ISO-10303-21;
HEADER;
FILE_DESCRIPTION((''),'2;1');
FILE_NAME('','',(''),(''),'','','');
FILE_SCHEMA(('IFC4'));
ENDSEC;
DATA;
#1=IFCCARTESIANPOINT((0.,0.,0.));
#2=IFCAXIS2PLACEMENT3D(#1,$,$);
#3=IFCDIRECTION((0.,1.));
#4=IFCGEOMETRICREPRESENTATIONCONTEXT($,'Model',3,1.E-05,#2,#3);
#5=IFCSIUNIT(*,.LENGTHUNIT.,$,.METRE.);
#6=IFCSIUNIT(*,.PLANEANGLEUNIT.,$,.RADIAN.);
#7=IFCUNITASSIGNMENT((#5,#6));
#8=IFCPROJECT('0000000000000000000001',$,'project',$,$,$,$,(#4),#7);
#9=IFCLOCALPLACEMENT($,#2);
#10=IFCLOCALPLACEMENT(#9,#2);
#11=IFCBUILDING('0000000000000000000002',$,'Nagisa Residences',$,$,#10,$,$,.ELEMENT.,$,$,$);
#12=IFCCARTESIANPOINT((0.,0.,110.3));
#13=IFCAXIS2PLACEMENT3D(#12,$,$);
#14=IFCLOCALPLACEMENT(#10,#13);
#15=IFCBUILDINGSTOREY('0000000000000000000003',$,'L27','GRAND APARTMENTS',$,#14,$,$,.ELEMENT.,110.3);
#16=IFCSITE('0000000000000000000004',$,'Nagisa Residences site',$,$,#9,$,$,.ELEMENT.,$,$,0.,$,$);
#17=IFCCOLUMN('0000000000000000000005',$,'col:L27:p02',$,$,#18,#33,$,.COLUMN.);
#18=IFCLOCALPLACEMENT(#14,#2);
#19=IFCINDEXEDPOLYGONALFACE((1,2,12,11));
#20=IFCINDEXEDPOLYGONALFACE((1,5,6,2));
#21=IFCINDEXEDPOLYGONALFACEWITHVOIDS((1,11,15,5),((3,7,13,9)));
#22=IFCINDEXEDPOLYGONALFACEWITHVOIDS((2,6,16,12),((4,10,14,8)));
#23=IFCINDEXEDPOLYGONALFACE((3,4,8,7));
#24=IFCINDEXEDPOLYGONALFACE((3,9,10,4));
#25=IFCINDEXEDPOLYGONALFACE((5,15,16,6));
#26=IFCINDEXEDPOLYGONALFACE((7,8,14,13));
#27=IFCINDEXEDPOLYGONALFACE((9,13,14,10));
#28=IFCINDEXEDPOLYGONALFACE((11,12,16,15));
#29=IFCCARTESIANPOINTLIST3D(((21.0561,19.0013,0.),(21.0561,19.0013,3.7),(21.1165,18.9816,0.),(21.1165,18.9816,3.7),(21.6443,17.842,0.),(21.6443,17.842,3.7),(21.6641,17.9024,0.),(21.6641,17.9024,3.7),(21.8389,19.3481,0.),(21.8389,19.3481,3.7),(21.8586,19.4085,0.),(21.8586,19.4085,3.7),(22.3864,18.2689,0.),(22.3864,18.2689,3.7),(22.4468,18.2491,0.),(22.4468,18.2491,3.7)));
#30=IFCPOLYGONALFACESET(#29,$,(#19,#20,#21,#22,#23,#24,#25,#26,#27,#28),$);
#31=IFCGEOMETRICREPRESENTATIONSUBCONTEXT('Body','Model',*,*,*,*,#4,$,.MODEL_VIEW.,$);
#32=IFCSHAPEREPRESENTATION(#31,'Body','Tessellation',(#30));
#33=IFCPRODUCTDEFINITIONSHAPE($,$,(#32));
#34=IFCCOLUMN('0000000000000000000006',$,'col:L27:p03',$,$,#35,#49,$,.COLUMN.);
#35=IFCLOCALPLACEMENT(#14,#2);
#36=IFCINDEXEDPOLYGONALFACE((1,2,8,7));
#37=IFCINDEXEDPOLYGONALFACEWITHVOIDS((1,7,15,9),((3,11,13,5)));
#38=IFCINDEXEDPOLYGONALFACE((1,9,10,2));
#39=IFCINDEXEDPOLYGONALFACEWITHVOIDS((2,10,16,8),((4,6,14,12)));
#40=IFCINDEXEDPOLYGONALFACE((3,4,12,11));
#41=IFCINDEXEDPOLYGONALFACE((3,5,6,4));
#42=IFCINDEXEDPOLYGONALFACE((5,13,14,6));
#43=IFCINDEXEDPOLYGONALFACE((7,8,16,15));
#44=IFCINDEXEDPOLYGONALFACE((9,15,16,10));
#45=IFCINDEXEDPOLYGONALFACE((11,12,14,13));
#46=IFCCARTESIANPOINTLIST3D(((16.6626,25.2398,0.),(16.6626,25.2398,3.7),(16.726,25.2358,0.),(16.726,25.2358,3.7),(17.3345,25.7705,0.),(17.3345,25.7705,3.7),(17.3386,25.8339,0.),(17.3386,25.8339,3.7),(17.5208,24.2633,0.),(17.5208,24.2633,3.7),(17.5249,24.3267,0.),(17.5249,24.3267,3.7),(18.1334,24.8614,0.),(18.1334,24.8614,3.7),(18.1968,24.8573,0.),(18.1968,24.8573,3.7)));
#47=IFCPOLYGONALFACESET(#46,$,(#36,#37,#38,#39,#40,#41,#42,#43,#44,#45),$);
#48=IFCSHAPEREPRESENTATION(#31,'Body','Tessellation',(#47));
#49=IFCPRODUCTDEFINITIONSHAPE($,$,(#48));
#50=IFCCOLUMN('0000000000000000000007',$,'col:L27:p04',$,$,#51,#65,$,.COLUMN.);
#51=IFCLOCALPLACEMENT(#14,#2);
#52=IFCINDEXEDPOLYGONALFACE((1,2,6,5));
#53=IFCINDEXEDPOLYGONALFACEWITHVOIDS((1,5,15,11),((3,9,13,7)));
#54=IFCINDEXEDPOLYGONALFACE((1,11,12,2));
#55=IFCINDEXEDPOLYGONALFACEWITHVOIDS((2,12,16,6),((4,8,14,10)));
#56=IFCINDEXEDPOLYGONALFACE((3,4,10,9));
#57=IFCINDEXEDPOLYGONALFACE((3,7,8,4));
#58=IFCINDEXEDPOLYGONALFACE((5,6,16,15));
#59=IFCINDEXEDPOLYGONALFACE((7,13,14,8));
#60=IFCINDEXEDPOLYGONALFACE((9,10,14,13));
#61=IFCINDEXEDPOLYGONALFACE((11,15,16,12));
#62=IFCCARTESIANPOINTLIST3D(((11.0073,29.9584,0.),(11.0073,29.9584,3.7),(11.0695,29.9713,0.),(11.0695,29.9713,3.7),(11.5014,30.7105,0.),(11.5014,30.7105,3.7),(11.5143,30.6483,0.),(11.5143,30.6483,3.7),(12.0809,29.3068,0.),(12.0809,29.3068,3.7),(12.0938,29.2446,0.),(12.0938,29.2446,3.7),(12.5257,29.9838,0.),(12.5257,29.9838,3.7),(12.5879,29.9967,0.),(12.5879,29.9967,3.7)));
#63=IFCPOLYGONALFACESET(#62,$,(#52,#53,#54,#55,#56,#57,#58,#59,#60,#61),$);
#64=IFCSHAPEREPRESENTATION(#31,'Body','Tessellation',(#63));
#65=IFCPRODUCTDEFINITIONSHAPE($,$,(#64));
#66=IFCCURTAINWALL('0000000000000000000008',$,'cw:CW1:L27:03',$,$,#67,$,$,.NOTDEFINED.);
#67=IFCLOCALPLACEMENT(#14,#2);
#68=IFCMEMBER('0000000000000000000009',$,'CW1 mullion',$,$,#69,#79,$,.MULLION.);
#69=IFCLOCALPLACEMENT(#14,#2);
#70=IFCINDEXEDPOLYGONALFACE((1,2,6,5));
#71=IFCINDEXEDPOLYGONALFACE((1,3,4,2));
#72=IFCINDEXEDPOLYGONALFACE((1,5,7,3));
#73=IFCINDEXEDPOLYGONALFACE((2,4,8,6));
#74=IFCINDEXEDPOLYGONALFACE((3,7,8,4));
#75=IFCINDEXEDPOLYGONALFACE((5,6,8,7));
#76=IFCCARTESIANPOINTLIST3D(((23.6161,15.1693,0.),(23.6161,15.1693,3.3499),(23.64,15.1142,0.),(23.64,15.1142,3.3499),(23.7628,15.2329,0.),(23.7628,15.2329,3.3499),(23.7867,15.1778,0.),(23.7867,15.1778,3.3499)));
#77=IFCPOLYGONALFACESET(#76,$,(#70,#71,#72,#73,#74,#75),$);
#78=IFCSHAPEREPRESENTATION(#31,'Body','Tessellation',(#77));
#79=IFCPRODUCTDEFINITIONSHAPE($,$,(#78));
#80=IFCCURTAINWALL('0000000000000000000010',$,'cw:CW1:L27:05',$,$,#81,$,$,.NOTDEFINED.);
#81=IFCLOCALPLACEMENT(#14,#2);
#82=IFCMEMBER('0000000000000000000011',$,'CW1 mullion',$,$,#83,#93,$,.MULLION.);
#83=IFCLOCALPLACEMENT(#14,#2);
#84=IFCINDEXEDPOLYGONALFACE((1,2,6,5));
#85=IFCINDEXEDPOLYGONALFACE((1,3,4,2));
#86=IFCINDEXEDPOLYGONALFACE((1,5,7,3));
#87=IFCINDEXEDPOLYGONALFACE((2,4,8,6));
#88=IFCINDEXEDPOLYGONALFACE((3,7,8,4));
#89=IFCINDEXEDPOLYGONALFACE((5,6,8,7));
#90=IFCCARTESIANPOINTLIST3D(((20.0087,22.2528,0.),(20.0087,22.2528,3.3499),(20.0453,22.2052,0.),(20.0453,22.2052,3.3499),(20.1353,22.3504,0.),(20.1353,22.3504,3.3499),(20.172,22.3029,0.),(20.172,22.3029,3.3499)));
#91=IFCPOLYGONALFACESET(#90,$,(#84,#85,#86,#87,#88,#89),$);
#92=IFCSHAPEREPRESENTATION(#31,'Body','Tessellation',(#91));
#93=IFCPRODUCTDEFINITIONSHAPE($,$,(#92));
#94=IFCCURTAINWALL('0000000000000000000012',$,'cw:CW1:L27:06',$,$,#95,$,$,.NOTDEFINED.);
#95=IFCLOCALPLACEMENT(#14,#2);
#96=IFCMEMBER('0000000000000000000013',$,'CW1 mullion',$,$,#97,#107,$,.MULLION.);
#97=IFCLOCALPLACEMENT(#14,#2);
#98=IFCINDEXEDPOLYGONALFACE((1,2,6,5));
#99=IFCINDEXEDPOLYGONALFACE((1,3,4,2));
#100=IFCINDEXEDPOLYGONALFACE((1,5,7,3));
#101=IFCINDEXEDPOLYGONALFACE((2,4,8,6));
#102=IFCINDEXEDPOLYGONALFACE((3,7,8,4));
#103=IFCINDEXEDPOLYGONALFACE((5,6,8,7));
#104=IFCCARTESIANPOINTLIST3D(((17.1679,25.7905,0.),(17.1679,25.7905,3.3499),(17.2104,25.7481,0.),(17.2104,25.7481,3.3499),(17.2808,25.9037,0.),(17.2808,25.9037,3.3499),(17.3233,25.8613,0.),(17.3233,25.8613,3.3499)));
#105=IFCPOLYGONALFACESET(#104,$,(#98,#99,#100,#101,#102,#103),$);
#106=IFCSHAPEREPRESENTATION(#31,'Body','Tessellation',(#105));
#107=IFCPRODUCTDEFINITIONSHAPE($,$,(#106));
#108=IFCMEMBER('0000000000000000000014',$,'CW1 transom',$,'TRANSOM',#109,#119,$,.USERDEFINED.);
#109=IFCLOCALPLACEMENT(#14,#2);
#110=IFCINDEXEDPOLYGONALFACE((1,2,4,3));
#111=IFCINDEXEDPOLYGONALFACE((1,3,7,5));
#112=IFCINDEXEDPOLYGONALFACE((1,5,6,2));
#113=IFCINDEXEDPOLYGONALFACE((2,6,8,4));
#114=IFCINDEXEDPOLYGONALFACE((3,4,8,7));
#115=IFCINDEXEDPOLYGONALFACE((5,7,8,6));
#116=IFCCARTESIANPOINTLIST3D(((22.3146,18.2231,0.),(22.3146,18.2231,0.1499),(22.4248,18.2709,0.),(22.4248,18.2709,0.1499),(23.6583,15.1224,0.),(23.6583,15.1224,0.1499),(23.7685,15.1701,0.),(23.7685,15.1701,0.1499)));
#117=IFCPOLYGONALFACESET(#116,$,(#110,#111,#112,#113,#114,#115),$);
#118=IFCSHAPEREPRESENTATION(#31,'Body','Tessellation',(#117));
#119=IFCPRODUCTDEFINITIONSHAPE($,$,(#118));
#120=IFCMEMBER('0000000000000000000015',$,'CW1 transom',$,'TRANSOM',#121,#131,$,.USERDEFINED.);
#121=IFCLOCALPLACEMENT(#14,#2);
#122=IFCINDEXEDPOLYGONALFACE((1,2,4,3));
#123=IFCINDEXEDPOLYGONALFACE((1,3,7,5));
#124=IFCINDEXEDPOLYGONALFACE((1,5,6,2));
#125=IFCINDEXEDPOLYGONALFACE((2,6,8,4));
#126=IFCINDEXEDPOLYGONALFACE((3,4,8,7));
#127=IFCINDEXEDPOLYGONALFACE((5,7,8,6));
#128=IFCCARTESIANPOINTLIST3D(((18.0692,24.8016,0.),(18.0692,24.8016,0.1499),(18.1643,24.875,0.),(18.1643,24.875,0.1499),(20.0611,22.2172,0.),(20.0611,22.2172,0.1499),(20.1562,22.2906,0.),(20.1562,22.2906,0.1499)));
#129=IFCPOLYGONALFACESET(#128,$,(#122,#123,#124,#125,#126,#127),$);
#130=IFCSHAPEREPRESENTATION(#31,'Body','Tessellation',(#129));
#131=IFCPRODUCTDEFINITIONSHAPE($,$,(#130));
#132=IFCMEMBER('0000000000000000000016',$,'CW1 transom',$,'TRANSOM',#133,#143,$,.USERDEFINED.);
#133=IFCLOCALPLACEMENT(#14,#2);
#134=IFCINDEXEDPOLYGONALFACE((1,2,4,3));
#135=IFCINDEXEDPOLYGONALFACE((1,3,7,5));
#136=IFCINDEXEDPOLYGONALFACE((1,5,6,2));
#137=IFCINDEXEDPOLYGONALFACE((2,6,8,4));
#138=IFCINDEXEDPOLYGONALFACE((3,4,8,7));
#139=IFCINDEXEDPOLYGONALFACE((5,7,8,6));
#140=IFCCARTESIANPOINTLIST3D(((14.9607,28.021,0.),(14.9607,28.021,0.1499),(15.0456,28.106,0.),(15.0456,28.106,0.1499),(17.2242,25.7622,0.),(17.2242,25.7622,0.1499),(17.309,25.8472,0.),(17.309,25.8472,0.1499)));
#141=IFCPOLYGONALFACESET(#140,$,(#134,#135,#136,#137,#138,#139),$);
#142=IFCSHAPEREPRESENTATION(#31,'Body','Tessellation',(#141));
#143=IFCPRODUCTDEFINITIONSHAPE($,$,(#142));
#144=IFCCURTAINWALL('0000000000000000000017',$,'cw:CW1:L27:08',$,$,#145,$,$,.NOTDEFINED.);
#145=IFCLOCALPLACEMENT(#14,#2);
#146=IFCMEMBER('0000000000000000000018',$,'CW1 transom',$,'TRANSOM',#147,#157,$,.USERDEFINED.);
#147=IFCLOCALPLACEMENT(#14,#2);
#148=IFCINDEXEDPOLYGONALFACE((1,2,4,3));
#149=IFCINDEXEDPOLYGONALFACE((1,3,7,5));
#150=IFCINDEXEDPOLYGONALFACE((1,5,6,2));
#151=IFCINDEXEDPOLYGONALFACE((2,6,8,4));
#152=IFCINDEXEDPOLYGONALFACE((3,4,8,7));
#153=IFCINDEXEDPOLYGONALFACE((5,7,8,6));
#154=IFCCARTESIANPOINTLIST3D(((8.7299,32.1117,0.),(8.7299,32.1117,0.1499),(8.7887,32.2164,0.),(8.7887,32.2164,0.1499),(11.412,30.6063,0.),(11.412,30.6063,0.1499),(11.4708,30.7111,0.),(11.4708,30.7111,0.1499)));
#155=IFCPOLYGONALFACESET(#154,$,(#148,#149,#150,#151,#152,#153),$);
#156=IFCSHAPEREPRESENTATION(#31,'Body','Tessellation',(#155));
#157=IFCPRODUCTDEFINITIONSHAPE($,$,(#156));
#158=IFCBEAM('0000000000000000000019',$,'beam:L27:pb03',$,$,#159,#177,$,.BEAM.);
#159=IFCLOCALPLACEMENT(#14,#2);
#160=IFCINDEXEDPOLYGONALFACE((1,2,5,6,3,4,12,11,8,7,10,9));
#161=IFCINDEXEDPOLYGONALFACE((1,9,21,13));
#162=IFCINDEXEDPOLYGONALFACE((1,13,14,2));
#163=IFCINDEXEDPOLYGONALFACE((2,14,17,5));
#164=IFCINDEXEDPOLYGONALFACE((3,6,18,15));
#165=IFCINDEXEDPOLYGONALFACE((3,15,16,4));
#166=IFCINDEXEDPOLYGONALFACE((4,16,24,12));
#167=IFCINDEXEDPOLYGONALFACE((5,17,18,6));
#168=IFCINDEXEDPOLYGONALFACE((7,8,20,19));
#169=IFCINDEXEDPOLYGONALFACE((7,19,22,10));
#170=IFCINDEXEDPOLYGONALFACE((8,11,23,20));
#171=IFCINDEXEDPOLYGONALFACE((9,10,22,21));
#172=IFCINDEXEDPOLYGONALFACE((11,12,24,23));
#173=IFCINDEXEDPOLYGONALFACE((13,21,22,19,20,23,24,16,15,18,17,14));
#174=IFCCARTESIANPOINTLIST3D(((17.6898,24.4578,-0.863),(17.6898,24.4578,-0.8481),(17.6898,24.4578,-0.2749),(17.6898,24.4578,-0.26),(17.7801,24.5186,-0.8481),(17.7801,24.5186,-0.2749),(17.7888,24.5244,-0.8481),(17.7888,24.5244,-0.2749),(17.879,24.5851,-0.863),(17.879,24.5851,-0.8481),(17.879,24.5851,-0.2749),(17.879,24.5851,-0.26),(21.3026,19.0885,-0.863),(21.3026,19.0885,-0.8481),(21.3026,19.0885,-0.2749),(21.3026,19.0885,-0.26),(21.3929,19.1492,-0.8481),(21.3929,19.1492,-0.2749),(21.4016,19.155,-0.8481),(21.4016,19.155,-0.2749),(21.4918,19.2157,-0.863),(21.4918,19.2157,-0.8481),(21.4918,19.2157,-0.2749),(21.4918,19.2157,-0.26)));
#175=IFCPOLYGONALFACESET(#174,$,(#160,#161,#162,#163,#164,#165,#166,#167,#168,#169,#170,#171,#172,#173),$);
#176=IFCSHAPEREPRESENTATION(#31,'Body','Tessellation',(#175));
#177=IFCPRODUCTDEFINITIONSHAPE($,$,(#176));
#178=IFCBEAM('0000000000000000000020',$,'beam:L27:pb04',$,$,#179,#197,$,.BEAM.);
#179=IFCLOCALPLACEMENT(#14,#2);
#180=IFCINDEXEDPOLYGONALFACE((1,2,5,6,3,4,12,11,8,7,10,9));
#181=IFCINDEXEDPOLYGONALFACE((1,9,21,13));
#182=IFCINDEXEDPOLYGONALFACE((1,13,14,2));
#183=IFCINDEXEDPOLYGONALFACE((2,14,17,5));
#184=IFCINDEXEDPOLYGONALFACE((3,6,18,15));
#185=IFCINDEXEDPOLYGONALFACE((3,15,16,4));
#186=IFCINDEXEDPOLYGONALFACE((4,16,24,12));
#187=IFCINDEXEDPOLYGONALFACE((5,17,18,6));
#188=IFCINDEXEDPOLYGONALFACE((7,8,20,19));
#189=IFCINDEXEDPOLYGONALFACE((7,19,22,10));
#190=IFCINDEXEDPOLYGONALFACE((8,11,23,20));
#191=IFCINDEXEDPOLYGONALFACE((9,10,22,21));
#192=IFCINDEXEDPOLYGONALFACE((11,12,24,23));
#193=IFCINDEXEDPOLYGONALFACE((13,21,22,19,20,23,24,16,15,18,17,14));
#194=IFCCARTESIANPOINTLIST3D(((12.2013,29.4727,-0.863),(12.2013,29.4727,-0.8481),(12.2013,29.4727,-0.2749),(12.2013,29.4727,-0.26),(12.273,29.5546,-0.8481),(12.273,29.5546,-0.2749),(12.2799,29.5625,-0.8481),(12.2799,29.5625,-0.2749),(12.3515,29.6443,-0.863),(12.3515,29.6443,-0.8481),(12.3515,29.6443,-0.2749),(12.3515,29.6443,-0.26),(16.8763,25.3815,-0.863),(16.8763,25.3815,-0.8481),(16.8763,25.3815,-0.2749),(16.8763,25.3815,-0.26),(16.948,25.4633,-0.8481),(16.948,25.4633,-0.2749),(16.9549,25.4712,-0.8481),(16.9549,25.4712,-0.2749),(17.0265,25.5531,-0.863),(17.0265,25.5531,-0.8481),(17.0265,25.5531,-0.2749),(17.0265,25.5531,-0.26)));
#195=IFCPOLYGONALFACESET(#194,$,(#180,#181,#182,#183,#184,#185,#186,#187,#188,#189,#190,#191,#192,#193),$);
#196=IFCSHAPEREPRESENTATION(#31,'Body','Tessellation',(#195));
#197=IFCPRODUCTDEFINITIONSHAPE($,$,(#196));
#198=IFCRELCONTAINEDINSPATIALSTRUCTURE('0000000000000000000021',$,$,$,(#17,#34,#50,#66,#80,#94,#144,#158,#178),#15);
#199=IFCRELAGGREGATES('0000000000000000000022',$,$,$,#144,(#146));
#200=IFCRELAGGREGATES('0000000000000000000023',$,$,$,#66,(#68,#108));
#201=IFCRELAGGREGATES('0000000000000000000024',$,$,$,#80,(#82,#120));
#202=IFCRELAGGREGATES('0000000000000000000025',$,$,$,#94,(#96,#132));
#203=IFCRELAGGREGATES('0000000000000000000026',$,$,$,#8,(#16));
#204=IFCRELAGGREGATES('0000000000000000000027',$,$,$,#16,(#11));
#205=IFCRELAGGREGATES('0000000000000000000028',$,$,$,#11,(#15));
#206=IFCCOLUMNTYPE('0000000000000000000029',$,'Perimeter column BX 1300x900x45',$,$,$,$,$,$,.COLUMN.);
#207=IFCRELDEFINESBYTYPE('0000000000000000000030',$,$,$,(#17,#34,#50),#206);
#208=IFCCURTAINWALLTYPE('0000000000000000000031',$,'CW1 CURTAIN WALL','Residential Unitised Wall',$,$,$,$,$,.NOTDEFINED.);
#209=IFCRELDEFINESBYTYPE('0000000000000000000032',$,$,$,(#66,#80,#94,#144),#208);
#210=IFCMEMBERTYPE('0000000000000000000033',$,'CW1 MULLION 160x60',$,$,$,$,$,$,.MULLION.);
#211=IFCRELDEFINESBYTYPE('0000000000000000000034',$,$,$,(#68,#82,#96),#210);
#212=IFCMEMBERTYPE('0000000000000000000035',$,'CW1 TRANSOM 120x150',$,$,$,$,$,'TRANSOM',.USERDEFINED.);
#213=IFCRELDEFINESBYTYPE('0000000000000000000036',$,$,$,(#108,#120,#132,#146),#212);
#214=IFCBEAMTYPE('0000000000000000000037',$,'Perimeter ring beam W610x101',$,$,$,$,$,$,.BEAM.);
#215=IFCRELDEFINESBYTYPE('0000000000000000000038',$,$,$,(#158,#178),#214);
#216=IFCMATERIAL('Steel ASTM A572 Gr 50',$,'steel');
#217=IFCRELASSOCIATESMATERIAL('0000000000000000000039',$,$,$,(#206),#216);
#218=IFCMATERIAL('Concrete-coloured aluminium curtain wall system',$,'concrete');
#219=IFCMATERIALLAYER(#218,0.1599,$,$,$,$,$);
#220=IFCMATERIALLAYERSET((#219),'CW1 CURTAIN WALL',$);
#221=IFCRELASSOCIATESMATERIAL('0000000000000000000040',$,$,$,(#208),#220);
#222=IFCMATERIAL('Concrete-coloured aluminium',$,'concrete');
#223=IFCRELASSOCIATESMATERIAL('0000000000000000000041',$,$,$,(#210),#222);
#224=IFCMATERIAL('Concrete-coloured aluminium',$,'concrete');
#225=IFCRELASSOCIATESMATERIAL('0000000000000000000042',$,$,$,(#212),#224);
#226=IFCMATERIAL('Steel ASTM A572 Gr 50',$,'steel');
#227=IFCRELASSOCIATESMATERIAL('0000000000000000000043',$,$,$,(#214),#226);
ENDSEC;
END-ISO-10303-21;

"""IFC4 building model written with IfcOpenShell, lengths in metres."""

from ifc_helpers import new_model, si_unit, direction, frame, origin, origin_2d, place, context, subcontext, project, spatial, rectangle, hollow_rectangle, i_section, extrude, material, layer, layer_set, material_profile, profile_set, type_object, element, aggregate, save


model = new_model("IFC4")

# Units and contexts
model_context = context("Model", 3, precision=1e-05, world=origin(), true_north=direction((0.0, 1.0)))
body_context = subcontext(model_context, "Body", "Model", "MODEL_VIEW")
ifc_project = project(units=[si_unit("LENGTHUNIT", "METRE"), si_unit("PLANEANGLEUNIT", "RADIAN")], contexts=[model_context])

# Site, building, storey
site_placement = place(None, origin())
site = spatial("IfcSite", under=ifc_project, at=site_placement, Name="Nagisa Residences site", CompositionType="ELEMENT", RefElevation=0.0)
building_placement = place(site_placement, origin())
building = spatial("IfcBuilding", under=site, at=building_placement, Name="Nagisa Residences", CompositionType="ELEMENT")
storey_placement = place(building_placement, frame((0.0, 0.0, 110.3)))
storey = spatial("IfcBuildingStorey", under=building, at=storey_placement, Name="L27", Description="GRAND APARTMENTS", CompositionType="ELEMENT", Elevation=110.3)

# Columns
ifc_material_1 = material(Name="Steel ASTM A572 Gr 50", Category="steel")
ifc_material_profile_1 = material_profile(ifc_material_1, hollow_rectangle(XDim=1.3, YDim=0.8999, WallThickness=0.0449, at=origin_2d()), Name="BX 1300x900x45")
ifc_profile_set_1 = profile_set([ifc_material_profile_1], Name="Steel ASTM A572 Gr 50")
column_type = type_object("IfcColumnType", Name="Perimeter column BX 1300x900x45", PredefinedType="COLUMN", material=ifc_profile_set_1)
for number, where, z_axis, x_axis, name in (
    (1, (21.7515, 18.6252, 0.0), (0.0, 0.0, 1.0), (-0.452463, 0.891783, 0.0), "col:L27:p02"),
    (2, (17.4297, 25.0486, 0.0), (0.0, 0.0, 1.0), (-0.660115, 0.751165, 0.0), "col:L27:p03"),
    (3, (11.7976, 29.9775, 0.0), (0.0, 0.0, 1.0), (-0.835766, 0.549086, 0.0), "col:L27:p04"),
):
    element("IfcColumn", number, at=place(storey_placement, frame(where, z_axis=z_axis, x_axis=x_axis)), inside=storey, type_object=column_type, Name=name, PredefinedType="COLUMN", context=body_context, shape_type="SweptSolid", body=[
        extrude(hollow_rectangle(XDim=1.3, YDim=0.8999, WallThickness=0.0449, at=origin_2d()), origin(), (0.0, 0.0, 1.0), 3.7),
    ])

# Curtain walls, members
ifc_material_2 = material(Name="Concrete-coloured aluminium curtain wall system", Category="concrete")
ifc_layer_1 = layer(ifc_material_2, 0.1599)
ifc_layer_set_1 = layer_set([ifc_layer_1], Name="CW1 CURTAIN WALL")
curtain_wall_type = type_object("IfcCurtainWallType", Name="CW1 CURTAIN WALL", Description="Residential Unitised Wall", PredefinedType="NOTDEFINED", material=ifc_layer_set_1)
curtain_wall_1_placement = place(storey_placement, origin())
curtain_wall_1 = element("IfcCurtainWall", 4, at=curtain_wall_1_placement, inside=storey, type_object=curtain_wall_type, Name="cw:CW1:L27:03", PredefinedType="NOTDEFINED")
ifc_material_3 = material(Name="Concrete-coloured aluminium", Category="concrete")
ifc_material_profile_2 = material_profile(ifc_material_3, rectangle(XDim=0.1599, YDim=0.0601, at=origin_2d()), Name="CW1 MULLION 160x60")
ifc_profile_set_2 = profile_set([ifc_material_profile_2], Name="Concrete-coloured aluminium")
member_type_1 = type_object("IfcMemberType", Name="CW1 MULLION 160x60", PredefinedType="MULLION", material=ifc_profile_set_2)
member_1_placement = place(storey_placement, frame((23.7014, 15.1736, 0.0), z_axis=(0.0, 0.0, 1.0), x_axis=(-0.917543, -0.397636, 0.0)))
member_1 = element("IfcMember", 5, at=member_1_placement, type_object=member_type_1, Name="CW1 mullion", PredefinedType="MULLION", context=body_context, shape_type="SweptSolid", body=[
    extrude(rectangle(XDim=0.1599, YDim=0.0601, at=origin_2d()), origin(), (0.0, 0.0, 1.0), 3.3499),
])
curtain_wall_2_placement = place(storey_placement, origin())
curtain_wall_2 = element("IfcCurtainWall", 6, at=curtain_wall_2_placement, inside=storey, type_object=curtain_wall_type, Name="cw:CW1:L27:05", PredefinedType="NOTDEFINED")
member_2_placement = place(storey_placement, frame((20.0903, 22.2778, 0.0), z_axis=(0.0, 0.0, 1.0), x_axis=(-0.79207, -0.61043, 0.0)))
member_2 = element("IfcMember", 7, at=member_2_placement, type_object=member_type_1, Name="CW1 mullion", PredefinedType="MULLION", context=body_context, shape_type="SweptSolid", body=[
    extrude(rectangle(XDim=0.1599, YDim=0.0601, at=origin_2d()), origin(), (0.0, 0.0, 1.0), 3.3499),
])
curtain_wall_3_placement = place(storey_placement, origin())
curtain_wall_3 = element("IfcCurtainWall", 8, at=curtain_wall_3_placement, inside=storey, type_object=curtain_wall_type, Name="cw:CW1:L27:06", PredefinedType="NOTDEFINED")
member_3_placement = place(storey_placement, frame((17.2456, 25.8259, 0.0), z_axis=(0.0, 0.0, 1.0), x_axis=(-0.706377, -0.707836, 0.0)))
member_3 = element("IfcMember", 9, at=member_3_placement, type_object=member_type_1, Name="CW1 mullion", PredefinedType="MULLION", context=body_context, shape_type="SweptSolid", body=[
    extrude(rectangle(XDim=0.1599, YDim=0.0601, at=origin_2d()), origin(), (0.0, 0.0, 1.0), 3.3499),
])

# Members
ifc_material_4 = material(Name="Concrete-coloured aluminium", Category="concrete")
ifc_material_profile_3 = material_profile(ifc_material_4, rectangle(XDim=0.1201, YDim=0.1499, at=origin_2d()), Name="CW1 TRANSOM 120x150")
ifc_profile_set_3 = profile_set([ifc_material_profile_3], Name="Concrete-coloured aluminium")
member_type_2 = type_object("IfcMemberType", Name="CW1 TRANSOM 120x150", ElementType="TRANSOM", PredefinedType="USERDEFINED", material=ifc_profile_set_3)
member_4_placement = place(storey_placement, frame((23.7134, 15.1462, 0.075), z_axis=(-0.397622, 0.917549, 0.0), x_axis=(-0.917549, -0.397622, 0.0)))
member_4 = element("IfcMember", 10, at=member_4_placement, type_object=member_type_2, Name="CW1 transom", ObjectType="TRANSOM", PredefinedType="USERDEFINED", context=body_context, shape_type="SweptSolid", body=[
    extrude(rectangle(XDim=0.1201, YDim=0.1499, at=origin_2d()), origin(), (0.0, 0.0, 1.0), 3.3794),
])
member_5_placement = place(storey_placement, frame((20.1086, 22.2539, 0.075), z_axis=(-0.610459, 0.792048, 0.0), x_axis=(-0.792048, -0.610459, 0.0)))
member_5 = element("IfcMember", 11, at=member_5_placement, type_object=member_type_2, Name="CW1 transom", ObjectType="TRANSOM", PredefinedType="USERDEFINED", context=body_context, shape_type="SweptSolid", body=[
    extrude(rectangle(XDim=0.1201, YDim=0.1499, at=origin_2d()), origin(), (0.0, 0.0, 1.0), 3.2629),
])
member_6_placement = place(storey_placement, frame((17.2666, 25.8047, 0.075), z_axis=(-0.707832, 0.706381, 0.0), x_axis=(-0.706381, -0.707832, 0.0)))
member_6 = element("IfcMember", 12, at=member_6_placement, type_object=member_type_2, Name="CW1 transom", ObjectType="TRANSOM", PredefinedType="USERDEFINED", context=body_context, shape_type="SweptSolid", body=[
    extrude(rectangle(XDim=0.1201, YDim=0.1499, at=origin_2d()), origin(), (0.0, 0.0, 1.0), 3.1978),
])

# Curtain wall, member
curtain_wall_4_placement = place(storey_placement, origin())
curtain_wall_4 = element("IfcCurtainWall", 13, at=curtain_wall_4_placement, inside=storey, type_object=curtain_wall_type, Name="cw:CW1:L27:08", PredefinedType="NOTDEFINED")
member_7_placement = place(storey_placement, frame((11.4414, 30.6587, 0.075), z_axis=(-0.872037, 0.489439, 0.0), x_axis=(-0.489439, -0.872037, 0.0)))
member_7 = element("IfcMember", 14, at=member_7_placement, type_object=member_type_2, Name="CW1 transom", ObjectType="TRANSOM", PredefinedType="USERDEFINED", context=body_context, shape_type="SweptSolid", body=[
    extrude(rectangle(XDim=0.1201, YDim=0.1499, at=origin_2d()), origin(), (0.0, 0.0, 1.0), 3.0757),
])
aggregate(curtain_wall_4, [member_7])

# Beams
ifc_material_5 = material(Name="Steel ASTM A572 Gr 50", Category="steel")
ifc_material_profile_4 = material_profile(ifc_material_5, i_section(OverallWidth=0.228, OverallDepth=0.603, WebThickness=0.0105, FlangeThickness=0.0149, at=origin_2d()), Name="W610x101")
ifc_profile_set_4 = profile_set([ifc_material_profile_4], Name="Steel ASTM A572 Gr 50")
beam_type_1 = type_object("IfcBeamType", Name="Perimeter ring beam W610x101", PredefinedType="BEAM", material=ifc_profile_set_4)
beam_1_placement = place(storey_placement, frame((21.3972, 19.1521, -0.5615), z_axis=(-0.558247, 0.829675, 0.0), x_axis=(-0.829675, -0.558247, 0.0)))
element("IfcBeam", 15, at=beam_1_placement, inside=storey, type_object=beam_type_1, Name="beam:L27:pb03", PredefinedType="BEAM", context=body_context, shape_type="SweptSolid", body=[
    extrude(i_section(OverallWidth=0.228, OverallDepth=0.603, WebThickness=0.0105, FlangeThickness=0.0149, at=origin_2d()), origin(), (0.0, 0.0, 1.0), 6.4717),
])
beam_2_placement = place(storey_placement, frame((16.9514, 25.4673, -0.5615), z_axis=(-0.752526, 0.658563, 0.0), x_axis=(-0.658563, -0.752526, 0.0)))
element("IfcBeam", 16, at=beam_2_placement, inside=storey, type_object=beam_type_1, Name="beam:L27:pb04", PredefinedType="BEAM", context=body_context, shape_type="SweptSolid", body=[
    extrude(i_section(OverallWidth=0.228, OverallDepth=0.603, WebThickness=0.0105, FlangeThickness=0.0149, at=origin_2d()), origin(), (0.0, 0.0, 1.0), 6.2124),
])

aggregate(curtain_wall_1, [member_1, member_4])
aggregate(curtain_wall_2, [member_2, member_5])
aggregate(curtain_wall_3, [member_3, member_6])

save(model, "model.ifc")
